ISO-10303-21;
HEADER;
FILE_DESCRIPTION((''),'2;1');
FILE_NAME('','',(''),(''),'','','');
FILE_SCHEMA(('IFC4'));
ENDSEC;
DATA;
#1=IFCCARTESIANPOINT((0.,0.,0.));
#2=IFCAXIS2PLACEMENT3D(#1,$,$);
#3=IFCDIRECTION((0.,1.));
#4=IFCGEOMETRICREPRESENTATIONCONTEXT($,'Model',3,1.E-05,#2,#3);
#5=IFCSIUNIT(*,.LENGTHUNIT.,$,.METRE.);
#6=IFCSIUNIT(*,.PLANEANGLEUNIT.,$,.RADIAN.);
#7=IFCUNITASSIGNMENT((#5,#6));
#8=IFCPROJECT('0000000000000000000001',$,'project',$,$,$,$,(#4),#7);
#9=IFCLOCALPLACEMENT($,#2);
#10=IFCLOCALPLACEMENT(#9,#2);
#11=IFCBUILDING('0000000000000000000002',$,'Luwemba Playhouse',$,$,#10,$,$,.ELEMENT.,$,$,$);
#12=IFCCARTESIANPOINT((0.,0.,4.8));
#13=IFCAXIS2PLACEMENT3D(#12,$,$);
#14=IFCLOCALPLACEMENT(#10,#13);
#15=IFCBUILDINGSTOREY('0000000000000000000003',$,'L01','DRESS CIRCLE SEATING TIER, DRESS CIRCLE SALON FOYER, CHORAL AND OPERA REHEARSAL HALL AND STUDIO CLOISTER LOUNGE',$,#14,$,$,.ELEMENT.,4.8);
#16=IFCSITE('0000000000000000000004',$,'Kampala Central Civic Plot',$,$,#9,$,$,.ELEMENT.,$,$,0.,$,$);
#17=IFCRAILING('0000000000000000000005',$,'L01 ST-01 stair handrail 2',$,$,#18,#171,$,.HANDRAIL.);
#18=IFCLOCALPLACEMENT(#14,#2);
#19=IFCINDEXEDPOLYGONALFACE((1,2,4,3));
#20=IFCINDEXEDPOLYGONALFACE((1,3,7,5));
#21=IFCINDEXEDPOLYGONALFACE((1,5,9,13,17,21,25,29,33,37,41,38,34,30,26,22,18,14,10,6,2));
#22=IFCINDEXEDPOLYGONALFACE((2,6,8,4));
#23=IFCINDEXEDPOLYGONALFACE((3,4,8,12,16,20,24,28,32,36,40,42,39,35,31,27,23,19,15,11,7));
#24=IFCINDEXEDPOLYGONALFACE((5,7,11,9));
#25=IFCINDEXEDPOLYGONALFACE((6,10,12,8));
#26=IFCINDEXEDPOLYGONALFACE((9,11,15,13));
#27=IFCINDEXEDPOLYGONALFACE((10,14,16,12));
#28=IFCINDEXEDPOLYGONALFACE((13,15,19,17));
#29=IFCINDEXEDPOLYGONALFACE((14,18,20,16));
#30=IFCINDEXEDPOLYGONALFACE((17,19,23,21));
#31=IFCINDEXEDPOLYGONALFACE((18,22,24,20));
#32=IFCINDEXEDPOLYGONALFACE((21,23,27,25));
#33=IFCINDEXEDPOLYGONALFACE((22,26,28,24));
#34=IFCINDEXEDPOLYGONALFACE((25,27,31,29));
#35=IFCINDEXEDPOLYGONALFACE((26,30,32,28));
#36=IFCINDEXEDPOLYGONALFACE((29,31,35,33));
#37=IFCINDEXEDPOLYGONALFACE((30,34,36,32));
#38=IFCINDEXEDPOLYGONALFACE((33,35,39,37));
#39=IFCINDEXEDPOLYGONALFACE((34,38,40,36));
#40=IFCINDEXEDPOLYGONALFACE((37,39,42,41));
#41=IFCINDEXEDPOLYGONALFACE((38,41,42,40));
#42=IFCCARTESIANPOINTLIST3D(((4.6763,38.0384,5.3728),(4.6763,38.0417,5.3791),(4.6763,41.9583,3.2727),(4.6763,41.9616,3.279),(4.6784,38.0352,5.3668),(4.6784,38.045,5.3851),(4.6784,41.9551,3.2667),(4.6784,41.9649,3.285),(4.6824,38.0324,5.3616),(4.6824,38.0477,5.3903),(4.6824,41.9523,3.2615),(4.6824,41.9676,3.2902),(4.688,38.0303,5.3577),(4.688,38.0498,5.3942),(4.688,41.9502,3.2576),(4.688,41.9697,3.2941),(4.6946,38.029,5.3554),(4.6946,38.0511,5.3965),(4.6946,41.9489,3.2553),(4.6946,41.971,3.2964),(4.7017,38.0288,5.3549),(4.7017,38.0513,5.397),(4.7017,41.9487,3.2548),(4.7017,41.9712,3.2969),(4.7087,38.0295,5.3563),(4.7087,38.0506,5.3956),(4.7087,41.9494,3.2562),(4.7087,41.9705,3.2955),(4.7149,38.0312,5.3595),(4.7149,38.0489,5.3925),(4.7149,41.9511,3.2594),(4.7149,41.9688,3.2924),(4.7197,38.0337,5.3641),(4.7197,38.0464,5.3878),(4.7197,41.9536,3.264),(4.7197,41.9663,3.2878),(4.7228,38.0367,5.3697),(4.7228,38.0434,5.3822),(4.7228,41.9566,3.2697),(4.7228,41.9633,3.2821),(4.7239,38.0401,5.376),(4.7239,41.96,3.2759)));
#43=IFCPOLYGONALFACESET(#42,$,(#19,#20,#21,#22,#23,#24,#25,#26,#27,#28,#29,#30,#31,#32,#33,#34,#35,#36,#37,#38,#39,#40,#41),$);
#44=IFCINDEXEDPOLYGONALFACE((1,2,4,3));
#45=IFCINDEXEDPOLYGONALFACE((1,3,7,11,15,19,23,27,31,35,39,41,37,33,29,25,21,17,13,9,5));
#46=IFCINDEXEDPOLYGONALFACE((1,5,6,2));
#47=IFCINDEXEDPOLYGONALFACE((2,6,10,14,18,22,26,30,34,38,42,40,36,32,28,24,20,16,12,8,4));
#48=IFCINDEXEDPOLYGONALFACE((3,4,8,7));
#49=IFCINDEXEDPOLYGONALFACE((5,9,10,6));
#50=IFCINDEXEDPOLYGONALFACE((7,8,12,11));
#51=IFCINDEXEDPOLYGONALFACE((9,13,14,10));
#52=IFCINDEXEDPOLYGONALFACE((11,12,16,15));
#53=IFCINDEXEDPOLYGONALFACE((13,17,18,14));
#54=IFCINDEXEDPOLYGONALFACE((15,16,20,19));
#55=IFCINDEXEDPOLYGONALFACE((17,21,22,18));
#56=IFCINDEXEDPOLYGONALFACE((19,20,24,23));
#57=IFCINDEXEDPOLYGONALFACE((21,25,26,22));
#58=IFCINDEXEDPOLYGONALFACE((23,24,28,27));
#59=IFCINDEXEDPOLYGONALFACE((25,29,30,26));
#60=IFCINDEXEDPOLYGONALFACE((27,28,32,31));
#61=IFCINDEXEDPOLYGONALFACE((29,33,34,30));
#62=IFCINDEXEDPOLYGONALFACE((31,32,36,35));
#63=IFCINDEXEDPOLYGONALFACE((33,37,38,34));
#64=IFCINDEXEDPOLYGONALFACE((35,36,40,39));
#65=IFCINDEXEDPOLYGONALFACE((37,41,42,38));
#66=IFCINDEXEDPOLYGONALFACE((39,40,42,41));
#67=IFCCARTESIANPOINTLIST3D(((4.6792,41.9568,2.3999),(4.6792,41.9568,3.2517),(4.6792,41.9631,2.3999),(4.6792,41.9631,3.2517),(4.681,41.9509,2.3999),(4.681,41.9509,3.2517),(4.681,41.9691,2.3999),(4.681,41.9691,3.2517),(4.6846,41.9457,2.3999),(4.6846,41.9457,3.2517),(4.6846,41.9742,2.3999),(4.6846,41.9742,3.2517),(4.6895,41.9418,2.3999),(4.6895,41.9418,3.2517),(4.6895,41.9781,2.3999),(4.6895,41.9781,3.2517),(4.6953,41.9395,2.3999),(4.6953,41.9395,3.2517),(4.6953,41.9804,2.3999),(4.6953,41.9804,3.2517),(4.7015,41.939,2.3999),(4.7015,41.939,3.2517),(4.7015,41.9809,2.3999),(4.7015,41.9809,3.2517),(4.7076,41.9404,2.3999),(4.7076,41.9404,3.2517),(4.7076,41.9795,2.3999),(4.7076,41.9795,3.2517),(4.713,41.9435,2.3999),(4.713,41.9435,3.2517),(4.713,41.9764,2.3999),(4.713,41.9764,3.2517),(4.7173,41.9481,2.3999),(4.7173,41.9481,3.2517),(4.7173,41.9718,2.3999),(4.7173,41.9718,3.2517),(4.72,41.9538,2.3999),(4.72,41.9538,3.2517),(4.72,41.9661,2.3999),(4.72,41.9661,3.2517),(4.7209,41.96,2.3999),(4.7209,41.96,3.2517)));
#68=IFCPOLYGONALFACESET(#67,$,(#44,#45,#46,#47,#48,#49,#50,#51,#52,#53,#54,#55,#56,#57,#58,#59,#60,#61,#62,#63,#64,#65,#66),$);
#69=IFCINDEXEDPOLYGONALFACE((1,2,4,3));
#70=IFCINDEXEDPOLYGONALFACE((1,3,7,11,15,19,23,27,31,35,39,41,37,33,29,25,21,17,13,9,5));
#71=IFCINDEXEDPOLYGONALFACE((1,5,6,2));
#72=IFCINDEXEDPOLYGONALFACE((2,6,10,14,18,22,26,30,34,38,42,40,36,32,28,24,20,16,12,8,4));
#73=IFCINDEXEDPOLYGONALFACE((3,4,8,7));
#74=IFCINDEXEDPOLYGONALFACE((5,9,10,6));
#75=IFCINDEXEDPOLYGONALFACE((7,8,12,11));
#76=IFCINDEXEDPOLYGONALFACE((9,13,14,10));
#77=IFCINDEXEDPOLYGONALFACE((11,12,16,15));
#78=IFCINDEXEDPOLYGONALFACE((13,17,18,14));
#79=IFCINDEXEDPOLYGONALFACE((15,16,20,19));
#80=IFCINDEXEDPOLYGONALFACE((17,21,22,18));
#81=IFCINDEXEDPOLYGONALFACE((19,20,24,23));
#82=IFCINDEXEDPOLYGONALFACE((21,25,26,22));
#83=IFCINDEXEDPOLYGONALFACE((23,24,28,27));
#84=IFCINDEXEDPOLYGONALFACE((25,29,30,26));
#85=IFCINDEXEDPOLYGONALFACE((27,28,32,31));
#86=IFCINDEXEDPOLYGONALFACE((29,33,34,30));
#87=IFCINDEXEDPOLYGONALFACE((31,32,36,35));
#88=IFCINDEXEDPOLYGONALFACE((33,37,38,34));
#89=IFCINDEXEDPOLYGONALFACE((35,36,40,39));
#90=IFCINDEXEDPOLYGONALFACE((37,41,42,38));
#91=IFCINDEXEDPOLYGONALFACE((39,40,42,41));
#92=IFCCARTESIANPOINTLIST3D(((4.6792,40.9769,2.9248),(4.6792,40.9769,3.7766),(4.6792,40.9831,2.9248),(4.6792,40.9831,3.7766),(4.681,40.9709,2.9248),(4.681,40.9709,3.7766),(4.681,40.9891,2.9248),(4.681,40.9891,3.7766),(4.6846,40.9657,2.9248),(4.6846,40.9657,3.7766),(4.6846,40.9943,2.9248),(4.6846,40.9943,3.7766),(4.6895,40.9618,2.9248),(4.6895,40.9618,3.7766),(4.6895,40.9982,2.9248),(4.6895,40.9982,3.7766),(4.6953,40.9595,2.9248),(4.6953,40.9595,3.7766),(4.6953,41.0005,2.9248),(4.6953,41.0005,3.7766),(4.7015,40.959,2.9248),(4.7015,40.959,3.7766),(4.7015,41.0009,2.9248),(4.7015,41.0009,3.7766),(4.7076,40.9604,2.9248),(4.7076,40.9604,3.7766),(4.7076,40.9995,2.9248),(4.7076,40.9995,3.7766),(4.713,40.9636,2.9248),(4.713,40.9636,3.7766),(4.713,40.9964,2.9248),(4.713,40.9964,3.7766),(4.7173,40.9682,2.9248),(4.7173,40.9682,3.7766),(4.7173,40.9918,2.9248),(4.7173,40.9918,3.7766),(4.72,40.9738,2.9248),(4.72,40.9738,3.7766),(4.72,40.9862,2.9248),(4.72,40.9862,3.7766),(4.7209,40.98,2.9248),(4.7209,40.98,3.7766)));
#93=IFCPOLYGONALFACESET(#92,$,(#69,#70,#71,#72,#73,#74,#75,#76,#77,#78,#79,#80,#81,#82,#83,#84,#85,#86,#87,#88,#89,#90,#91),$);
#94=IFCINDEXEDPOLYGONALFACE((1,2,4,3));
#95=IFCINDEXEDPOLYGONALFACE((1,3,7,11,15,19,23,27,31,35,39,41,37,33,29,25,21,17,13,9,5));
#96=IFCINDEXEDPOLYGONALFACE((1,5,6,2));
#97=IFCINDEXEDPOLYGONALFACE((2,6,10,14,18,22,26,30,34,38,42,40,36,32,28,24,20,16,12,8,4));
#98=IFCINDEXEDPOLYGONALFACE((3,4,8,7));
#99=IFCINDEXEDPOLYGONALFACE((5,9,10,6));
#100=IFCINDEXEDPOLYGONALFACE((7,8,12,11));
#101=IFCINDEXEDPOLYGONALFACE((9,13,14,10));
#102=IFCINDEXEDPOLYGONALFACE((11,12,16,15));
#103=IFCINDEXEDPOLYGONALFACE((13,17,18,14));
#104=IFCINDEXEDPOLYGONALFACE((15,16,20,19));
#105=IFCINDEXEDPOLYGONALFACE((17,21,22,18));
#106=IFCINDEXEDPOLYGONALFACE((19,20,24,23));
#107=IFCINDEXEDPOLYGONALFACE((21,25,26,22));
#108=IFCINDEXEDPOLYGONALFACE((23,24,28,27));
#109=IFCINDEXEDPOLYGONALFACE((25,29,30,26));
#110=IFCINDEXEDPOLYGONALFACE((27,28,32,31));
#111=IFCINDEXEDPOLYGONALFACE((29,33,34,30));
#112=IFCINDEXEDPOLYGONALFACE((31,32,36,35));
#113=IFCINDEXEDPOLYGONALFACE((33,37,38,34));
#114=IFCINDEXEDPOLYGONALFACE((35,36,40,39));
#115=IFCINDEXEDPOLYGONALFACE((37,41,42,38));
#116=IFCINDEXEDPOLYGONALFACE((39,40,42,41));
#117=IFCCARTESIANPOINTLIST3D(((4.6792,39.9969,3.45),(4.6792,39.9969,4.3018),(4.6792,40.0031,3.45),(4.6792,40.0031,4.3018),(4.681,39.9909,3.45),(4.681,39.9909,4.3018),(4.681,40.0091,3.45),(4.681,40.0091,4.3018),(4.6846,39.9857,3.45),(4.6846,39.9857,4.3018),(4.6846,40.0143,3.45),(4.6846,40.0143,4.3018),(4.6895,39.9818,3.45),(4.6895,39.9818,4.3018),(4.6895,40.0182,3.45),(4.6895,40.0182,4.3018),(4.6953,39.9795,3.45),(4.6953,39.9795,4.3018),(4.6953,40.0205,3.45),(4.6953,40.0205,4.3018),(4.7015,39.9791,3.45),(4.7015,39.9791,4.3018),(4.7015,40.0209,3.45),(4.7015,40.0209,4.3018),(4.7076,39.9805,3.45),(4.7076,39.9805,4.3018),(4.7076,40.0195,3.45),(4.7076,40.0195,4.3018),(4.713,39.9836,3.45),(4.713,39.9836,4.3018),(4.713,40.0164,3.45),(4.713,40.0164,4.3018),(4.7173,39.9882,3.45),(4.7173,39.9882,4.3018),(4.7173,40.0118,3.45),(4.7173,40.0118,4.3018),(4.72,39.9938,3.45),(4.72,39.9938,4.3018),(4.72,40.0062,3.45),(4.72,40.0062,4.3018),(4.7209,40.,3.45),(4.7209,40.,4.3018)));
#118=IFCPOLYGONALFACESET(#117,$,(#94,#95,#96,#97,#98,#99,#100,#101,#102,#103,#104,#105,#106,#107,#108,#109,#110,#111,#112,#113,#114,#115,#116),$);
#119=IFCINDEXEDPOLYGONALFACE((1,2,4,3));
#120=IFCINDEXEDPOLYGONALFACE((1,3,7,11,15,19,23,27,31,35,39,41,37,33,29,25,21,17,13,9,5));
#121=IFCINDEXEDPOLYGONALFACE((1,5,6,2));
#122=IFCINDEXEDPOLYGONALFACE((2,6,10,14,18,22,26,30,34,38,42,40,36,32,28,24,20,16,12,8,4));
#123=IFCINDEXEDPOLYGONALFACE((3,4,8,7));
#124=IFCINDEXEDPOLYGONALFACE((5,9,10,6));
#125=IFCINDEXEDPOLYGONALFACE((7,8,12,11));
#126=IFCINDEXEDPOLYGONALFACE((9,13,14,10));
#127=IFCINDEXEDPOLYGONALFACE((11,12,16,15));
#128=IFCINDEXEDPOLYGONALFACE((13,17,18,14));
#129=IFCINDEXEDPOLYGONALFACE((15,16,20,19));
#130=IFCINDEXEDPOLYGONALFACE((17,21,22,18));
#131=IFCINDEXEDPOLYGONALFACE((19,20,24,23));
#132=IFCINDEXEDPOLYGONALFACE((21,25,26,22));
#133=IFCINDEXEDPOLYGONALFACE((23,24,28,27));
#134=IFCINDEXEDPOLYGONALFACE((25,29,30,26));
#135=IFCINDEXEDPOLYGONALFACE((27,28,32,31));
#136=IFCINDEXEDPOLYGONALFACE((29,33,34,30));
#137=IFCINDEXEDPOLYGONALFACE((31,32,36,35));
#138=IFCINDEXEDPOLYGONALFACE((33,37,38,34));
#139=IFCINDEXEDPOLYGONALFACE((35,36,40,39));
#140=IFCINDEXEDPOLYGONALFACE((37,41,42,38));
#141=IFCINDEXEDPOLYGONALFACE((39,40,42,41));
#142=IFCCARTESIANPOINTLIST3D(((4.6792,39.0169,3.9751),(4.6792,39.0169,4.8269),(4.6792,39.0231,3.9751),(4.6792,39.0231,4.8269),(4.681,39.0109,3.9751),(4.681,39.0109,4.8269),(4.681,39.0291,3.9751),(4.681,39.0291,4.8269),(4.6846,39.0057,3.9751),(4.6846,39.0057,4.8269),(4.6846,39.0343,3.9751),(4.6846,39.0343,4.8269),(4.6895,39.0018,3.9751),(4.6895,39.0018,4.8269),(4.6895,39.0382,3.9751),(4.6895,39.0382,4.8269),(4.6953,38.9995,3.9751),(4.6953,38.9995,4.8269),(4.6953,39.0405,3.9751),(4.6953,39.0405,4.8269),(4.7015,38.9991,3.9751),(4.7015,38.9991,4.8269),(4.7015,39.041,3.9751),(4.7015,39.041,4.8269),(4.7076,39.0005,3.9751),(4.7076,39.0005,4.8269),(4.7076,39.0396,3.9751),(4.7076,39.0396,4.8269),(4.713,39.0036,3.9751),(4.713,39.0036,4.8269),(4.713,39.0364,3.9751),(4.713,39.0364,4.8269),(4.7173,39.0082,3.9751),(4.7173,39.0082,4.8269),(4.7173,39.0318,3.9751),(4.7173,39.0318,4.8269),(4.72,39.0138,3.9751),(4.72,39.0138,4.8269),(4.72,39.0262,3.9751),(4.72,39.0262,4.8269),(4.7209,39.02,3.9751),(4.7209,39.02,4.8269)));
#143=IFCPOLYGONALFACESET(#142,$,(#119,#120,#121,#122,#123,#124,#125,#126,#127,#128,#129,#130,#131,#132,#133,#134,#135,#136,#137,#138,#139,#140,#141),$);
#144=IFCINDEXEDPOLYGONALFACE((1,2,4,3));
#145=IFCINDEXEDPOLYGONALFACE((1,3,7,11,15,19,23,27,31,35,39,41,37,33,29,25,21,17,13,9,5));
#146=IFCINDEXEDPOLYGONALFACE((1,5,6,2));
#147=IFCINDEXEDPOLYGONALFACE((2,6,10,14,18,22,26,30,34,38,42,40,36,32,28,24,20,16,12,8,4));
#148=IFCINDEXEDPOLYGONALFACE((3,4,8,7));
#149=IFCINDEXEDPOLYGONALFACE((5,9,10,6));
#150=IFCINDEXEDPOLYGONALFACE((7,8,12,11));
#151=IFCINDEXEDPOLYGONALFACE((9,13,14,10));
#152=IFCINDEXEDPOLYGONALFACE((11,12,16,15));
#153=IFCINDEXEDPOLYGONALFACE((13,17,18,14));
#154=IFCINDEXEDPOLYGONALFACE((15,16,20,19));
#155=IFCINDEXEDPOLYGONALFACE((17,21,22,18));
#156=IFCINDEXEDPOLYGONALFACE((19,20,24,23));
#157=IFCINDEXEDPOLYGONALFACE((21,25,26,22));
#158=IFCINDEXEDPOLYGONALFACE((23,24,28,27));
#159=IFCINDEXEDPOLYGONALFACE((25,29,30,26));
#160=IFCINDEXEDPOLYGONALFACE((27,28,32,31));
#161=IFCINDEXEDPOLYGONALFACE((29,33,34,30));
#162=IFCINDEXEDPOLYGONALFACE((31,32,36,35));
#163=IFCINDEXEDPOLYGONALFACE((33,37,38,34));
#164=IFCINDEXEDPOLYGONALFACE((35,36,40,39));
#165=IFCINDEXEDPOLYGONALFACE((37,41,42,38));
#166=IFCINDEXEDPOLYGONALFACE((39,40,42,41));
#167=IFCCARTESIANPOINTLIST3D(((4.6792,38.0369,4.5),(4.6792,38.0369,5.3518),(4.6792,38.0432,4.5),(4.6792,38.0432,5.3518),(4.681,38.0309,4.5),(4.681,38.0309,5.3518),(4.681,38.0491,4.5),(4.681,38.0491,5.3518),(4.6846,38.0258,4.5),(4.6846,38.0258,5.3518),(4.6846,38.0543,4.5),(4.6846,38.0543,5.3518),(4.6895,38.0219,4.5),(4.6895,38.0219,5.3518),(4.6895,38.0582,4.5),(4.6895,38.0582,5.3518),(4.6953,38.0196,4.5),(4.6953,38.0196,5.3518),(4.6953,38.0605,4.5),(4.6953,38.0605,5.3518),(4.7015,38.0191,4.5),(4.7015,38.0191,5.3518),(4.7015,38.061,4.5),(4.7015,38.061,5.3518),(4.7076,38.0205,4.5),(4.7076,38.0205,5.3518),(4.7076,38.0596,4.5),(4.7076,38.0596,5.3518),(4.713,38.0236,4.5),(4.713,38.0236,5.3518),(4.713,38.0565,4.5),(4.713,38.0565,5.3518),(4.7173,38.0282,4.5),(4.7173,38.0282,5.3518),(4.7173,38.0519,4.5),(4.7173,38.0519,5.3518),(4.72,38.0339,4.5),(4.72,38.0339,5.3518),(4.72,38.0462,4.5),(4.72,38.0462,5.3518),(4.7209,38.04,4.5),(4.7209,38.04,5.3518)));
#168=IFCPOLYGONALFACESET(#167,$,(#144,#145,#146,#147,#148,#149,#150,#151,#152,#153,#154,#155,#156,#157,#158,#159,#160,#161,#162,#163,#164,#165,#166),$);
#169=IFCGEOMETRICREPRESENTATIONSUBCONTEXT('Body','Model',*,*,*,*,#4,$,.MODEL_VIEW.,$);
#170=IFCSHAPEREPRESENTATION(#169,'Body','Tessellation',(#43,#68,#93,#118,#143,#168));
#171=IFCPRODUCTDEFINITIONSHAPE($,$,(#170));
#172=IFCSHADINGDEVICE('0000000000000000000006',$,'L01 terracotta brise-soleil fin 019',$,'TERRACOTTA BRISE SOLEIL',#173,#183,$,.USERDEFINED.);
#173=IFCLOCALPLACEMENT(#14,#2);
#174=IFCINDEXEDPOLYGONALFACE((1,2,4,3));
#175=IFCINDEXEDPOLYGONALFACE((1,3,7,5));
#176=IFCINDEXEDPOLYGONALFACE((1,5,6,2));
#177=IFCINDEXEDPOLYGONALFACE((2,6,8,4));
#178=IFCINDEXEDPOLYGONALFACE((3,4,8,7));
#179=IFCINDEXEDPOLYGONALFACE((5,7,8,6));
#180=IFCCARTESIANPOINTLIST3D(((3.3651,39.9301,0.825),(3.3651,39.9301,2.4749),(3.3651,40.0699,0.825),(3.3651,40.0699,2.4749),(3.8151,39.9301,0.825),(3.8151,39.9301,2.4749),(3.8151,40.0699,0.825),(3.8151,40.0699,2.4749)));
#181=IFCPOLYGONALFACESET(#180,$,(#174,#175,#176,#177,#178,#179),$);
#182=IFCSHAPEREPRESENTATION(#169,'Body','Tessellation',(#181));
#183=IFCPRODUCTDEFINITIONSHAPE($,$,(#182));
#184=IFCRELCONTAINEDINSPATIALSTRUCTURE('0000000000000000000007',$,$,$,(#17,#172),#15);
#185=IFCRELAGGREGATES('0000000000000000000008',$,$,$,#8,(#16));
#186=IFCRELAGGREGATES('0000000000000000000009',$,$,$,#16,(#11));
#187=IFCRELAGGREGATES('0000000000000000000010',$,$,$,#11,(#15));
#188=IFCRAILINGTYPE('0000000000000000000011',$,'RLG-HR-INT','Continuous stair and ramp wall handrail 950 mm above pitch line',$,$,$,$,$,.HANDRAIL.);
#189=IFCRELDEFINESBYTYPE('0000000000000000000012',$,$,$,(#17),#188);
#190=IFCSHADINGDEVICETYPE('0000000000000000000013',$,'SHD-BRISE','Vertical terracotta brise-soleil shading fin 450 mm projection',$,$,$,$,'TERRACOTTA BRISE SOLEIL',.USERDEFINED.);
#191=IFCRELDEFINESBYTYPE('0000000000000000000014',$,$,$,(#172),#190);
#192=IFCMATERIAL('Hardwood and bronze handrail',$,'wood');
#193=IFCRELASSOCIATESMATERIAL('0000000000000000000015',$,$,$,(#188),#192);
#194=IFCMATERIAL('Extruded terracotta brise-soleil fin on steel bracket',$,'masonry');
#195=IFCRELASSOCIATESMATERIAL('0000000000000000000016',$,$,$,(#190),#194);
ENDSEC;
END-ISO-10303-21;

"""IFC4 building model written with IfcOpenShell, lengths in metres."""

from ifc_helpers import new_model, si_unit, direction, frame, origin, origin_2d, place, context, subcontext, project, spatial, rectangle, circle, extrude, material, type_object, element, save


model = new_model("IFC4")

# Units and contexts
model_context = context("Model", 3, precision=1e-05, world=origin(), true_north=direction((0.0, 1.0)))
body_context = subcontext(model_context, "Body", "Model", "MODEL_VIEW")
ifc_project = project(units=[si_unit("LENGTHUNIT", "METRE"), si_unit("PLANEANGLEUNIT", "RADIAN")], contexts=[model_context])

# Site, building, storey
site_placement = place(None, origin())
site = spatial("IfcSite", under=ifc_project, at=site_placement, Name="Kampala Central Civic Plot", CompositionType="ELEMENT", RefElevation=0.0)
building_placement = place(site_placement, origin())
building = spatial("IfcBuilding", under=site, at=building_placement, Name="Luwemba Playhouse", CompositionType="ELEMENT")
storey_placement = place(building_placement, frame((0.0, 0.0, 4.8)))
storey = spatial("IfcBuildingStorey", under=building, at=storey_placement, Name="L01", Description="DRESS CIRCLE SEATING TIER, DRESS CIRCLE SALON FOYER, CHORAL AND OPERA REHEARSAL HALL AND STUDIO CLOISTER LOUNGE", CompositionType="ELEMENT", Elevation=4.8)

# Railing
ifc_material_1 = material(Name="Hardwood and bronze handrail", Category="wood")
railing_type_1 = type_object("IfcRailingType", Name="RLG-HR-INT", Description="Continuous stair and ramp wall handrail 950 mm above pitch line", PredefinedType="HANDRAIL", material=ifc_material_1)
railing_1_placement = place(storey_placement, frame((4.7, 41.96, 2.3999)))
element("IfcRailing", 1, at=railing_1_placement, inside=storey, type_object=railing_type_1, Name="L01 ST-01 stair handrail 2", PredefinedType="HANDRAIL", context=body_context, shape_type="SweptSolid", body=[
    extrude(circle(Radius=0.0239, at=origin_2d()), frame((0.0, 0.0, 0.876), z_axis=(0.0, -0.881467, 0.472246), x_axis=(1.0, 0.0, 0.0)), (0.0, 0.0, 1.0), 4.447),
    extrude(circle(Radius=0.021, at=origin_2d()), origin(), (0.0, 0.0, 1.0), 0.8518),
    extrude(circle(Radius=0.021, at=origin_2d()), frame((0.0, -0.98, 0.5249)), (0.0, 0.0, 1.0), 0.8518),
    extrude(circle(Radius=0.021, at=origin_2d()), frame((0.0, -1.96, 1.05)), (0.0, 0.0, 1.0), 0.8518),
    extrude(circle(Radius=0.021, at=origin_2d()), frame((0.0, -2.9399, 1.5752)), (0.0, 0.0, 1.0), 0.8518),
    extrude(circle(Radius=0.021, at=origin_2d()), frame((0.0, -3.9199, 2.1001)), (0.0, 0.0, 1.0), 0.8518),
])

# Shading device
ifc_material_2 = material(Name="Extruded terracotta brise-soleil fin on steel bracket", Category="masonry")
shading_device_type = type_object("IfcShadingDeviceType", Name="SHD-BRISE", Description="Vertical terracotta brise-soleil shading fin 450 mm projection", ElementType="TERRACOTTA BRISE SOLEIL", PredefinedType="USERDEFINED", material=ifc_material_2)
shading_device_placement = place(storey_placement, frame((3.5901, 40.0, 0.825), z_axis=(0.0, 0.0, 1.0), x_axis=(0.0, 1.0, 0.0)))
element("IfcShadingDevice", 2, at=shading_device_placement, inside=storey, type_object=shading_device_type, Name="L01 terracotta brise-soleil fin 019", ObjectType="TERRACOTTA BRISE SOLEIL", PredefinedType="USERDEFINED", context=body_context, shape_type="SweptSolid", body=[
    extrude(rectangle(XDim=0.1399, YDim=0.45, at=origin_2d()), origin(), (0.0, 0.0, 1.0), 1.6499),
])

save(model, "model.ifc")
